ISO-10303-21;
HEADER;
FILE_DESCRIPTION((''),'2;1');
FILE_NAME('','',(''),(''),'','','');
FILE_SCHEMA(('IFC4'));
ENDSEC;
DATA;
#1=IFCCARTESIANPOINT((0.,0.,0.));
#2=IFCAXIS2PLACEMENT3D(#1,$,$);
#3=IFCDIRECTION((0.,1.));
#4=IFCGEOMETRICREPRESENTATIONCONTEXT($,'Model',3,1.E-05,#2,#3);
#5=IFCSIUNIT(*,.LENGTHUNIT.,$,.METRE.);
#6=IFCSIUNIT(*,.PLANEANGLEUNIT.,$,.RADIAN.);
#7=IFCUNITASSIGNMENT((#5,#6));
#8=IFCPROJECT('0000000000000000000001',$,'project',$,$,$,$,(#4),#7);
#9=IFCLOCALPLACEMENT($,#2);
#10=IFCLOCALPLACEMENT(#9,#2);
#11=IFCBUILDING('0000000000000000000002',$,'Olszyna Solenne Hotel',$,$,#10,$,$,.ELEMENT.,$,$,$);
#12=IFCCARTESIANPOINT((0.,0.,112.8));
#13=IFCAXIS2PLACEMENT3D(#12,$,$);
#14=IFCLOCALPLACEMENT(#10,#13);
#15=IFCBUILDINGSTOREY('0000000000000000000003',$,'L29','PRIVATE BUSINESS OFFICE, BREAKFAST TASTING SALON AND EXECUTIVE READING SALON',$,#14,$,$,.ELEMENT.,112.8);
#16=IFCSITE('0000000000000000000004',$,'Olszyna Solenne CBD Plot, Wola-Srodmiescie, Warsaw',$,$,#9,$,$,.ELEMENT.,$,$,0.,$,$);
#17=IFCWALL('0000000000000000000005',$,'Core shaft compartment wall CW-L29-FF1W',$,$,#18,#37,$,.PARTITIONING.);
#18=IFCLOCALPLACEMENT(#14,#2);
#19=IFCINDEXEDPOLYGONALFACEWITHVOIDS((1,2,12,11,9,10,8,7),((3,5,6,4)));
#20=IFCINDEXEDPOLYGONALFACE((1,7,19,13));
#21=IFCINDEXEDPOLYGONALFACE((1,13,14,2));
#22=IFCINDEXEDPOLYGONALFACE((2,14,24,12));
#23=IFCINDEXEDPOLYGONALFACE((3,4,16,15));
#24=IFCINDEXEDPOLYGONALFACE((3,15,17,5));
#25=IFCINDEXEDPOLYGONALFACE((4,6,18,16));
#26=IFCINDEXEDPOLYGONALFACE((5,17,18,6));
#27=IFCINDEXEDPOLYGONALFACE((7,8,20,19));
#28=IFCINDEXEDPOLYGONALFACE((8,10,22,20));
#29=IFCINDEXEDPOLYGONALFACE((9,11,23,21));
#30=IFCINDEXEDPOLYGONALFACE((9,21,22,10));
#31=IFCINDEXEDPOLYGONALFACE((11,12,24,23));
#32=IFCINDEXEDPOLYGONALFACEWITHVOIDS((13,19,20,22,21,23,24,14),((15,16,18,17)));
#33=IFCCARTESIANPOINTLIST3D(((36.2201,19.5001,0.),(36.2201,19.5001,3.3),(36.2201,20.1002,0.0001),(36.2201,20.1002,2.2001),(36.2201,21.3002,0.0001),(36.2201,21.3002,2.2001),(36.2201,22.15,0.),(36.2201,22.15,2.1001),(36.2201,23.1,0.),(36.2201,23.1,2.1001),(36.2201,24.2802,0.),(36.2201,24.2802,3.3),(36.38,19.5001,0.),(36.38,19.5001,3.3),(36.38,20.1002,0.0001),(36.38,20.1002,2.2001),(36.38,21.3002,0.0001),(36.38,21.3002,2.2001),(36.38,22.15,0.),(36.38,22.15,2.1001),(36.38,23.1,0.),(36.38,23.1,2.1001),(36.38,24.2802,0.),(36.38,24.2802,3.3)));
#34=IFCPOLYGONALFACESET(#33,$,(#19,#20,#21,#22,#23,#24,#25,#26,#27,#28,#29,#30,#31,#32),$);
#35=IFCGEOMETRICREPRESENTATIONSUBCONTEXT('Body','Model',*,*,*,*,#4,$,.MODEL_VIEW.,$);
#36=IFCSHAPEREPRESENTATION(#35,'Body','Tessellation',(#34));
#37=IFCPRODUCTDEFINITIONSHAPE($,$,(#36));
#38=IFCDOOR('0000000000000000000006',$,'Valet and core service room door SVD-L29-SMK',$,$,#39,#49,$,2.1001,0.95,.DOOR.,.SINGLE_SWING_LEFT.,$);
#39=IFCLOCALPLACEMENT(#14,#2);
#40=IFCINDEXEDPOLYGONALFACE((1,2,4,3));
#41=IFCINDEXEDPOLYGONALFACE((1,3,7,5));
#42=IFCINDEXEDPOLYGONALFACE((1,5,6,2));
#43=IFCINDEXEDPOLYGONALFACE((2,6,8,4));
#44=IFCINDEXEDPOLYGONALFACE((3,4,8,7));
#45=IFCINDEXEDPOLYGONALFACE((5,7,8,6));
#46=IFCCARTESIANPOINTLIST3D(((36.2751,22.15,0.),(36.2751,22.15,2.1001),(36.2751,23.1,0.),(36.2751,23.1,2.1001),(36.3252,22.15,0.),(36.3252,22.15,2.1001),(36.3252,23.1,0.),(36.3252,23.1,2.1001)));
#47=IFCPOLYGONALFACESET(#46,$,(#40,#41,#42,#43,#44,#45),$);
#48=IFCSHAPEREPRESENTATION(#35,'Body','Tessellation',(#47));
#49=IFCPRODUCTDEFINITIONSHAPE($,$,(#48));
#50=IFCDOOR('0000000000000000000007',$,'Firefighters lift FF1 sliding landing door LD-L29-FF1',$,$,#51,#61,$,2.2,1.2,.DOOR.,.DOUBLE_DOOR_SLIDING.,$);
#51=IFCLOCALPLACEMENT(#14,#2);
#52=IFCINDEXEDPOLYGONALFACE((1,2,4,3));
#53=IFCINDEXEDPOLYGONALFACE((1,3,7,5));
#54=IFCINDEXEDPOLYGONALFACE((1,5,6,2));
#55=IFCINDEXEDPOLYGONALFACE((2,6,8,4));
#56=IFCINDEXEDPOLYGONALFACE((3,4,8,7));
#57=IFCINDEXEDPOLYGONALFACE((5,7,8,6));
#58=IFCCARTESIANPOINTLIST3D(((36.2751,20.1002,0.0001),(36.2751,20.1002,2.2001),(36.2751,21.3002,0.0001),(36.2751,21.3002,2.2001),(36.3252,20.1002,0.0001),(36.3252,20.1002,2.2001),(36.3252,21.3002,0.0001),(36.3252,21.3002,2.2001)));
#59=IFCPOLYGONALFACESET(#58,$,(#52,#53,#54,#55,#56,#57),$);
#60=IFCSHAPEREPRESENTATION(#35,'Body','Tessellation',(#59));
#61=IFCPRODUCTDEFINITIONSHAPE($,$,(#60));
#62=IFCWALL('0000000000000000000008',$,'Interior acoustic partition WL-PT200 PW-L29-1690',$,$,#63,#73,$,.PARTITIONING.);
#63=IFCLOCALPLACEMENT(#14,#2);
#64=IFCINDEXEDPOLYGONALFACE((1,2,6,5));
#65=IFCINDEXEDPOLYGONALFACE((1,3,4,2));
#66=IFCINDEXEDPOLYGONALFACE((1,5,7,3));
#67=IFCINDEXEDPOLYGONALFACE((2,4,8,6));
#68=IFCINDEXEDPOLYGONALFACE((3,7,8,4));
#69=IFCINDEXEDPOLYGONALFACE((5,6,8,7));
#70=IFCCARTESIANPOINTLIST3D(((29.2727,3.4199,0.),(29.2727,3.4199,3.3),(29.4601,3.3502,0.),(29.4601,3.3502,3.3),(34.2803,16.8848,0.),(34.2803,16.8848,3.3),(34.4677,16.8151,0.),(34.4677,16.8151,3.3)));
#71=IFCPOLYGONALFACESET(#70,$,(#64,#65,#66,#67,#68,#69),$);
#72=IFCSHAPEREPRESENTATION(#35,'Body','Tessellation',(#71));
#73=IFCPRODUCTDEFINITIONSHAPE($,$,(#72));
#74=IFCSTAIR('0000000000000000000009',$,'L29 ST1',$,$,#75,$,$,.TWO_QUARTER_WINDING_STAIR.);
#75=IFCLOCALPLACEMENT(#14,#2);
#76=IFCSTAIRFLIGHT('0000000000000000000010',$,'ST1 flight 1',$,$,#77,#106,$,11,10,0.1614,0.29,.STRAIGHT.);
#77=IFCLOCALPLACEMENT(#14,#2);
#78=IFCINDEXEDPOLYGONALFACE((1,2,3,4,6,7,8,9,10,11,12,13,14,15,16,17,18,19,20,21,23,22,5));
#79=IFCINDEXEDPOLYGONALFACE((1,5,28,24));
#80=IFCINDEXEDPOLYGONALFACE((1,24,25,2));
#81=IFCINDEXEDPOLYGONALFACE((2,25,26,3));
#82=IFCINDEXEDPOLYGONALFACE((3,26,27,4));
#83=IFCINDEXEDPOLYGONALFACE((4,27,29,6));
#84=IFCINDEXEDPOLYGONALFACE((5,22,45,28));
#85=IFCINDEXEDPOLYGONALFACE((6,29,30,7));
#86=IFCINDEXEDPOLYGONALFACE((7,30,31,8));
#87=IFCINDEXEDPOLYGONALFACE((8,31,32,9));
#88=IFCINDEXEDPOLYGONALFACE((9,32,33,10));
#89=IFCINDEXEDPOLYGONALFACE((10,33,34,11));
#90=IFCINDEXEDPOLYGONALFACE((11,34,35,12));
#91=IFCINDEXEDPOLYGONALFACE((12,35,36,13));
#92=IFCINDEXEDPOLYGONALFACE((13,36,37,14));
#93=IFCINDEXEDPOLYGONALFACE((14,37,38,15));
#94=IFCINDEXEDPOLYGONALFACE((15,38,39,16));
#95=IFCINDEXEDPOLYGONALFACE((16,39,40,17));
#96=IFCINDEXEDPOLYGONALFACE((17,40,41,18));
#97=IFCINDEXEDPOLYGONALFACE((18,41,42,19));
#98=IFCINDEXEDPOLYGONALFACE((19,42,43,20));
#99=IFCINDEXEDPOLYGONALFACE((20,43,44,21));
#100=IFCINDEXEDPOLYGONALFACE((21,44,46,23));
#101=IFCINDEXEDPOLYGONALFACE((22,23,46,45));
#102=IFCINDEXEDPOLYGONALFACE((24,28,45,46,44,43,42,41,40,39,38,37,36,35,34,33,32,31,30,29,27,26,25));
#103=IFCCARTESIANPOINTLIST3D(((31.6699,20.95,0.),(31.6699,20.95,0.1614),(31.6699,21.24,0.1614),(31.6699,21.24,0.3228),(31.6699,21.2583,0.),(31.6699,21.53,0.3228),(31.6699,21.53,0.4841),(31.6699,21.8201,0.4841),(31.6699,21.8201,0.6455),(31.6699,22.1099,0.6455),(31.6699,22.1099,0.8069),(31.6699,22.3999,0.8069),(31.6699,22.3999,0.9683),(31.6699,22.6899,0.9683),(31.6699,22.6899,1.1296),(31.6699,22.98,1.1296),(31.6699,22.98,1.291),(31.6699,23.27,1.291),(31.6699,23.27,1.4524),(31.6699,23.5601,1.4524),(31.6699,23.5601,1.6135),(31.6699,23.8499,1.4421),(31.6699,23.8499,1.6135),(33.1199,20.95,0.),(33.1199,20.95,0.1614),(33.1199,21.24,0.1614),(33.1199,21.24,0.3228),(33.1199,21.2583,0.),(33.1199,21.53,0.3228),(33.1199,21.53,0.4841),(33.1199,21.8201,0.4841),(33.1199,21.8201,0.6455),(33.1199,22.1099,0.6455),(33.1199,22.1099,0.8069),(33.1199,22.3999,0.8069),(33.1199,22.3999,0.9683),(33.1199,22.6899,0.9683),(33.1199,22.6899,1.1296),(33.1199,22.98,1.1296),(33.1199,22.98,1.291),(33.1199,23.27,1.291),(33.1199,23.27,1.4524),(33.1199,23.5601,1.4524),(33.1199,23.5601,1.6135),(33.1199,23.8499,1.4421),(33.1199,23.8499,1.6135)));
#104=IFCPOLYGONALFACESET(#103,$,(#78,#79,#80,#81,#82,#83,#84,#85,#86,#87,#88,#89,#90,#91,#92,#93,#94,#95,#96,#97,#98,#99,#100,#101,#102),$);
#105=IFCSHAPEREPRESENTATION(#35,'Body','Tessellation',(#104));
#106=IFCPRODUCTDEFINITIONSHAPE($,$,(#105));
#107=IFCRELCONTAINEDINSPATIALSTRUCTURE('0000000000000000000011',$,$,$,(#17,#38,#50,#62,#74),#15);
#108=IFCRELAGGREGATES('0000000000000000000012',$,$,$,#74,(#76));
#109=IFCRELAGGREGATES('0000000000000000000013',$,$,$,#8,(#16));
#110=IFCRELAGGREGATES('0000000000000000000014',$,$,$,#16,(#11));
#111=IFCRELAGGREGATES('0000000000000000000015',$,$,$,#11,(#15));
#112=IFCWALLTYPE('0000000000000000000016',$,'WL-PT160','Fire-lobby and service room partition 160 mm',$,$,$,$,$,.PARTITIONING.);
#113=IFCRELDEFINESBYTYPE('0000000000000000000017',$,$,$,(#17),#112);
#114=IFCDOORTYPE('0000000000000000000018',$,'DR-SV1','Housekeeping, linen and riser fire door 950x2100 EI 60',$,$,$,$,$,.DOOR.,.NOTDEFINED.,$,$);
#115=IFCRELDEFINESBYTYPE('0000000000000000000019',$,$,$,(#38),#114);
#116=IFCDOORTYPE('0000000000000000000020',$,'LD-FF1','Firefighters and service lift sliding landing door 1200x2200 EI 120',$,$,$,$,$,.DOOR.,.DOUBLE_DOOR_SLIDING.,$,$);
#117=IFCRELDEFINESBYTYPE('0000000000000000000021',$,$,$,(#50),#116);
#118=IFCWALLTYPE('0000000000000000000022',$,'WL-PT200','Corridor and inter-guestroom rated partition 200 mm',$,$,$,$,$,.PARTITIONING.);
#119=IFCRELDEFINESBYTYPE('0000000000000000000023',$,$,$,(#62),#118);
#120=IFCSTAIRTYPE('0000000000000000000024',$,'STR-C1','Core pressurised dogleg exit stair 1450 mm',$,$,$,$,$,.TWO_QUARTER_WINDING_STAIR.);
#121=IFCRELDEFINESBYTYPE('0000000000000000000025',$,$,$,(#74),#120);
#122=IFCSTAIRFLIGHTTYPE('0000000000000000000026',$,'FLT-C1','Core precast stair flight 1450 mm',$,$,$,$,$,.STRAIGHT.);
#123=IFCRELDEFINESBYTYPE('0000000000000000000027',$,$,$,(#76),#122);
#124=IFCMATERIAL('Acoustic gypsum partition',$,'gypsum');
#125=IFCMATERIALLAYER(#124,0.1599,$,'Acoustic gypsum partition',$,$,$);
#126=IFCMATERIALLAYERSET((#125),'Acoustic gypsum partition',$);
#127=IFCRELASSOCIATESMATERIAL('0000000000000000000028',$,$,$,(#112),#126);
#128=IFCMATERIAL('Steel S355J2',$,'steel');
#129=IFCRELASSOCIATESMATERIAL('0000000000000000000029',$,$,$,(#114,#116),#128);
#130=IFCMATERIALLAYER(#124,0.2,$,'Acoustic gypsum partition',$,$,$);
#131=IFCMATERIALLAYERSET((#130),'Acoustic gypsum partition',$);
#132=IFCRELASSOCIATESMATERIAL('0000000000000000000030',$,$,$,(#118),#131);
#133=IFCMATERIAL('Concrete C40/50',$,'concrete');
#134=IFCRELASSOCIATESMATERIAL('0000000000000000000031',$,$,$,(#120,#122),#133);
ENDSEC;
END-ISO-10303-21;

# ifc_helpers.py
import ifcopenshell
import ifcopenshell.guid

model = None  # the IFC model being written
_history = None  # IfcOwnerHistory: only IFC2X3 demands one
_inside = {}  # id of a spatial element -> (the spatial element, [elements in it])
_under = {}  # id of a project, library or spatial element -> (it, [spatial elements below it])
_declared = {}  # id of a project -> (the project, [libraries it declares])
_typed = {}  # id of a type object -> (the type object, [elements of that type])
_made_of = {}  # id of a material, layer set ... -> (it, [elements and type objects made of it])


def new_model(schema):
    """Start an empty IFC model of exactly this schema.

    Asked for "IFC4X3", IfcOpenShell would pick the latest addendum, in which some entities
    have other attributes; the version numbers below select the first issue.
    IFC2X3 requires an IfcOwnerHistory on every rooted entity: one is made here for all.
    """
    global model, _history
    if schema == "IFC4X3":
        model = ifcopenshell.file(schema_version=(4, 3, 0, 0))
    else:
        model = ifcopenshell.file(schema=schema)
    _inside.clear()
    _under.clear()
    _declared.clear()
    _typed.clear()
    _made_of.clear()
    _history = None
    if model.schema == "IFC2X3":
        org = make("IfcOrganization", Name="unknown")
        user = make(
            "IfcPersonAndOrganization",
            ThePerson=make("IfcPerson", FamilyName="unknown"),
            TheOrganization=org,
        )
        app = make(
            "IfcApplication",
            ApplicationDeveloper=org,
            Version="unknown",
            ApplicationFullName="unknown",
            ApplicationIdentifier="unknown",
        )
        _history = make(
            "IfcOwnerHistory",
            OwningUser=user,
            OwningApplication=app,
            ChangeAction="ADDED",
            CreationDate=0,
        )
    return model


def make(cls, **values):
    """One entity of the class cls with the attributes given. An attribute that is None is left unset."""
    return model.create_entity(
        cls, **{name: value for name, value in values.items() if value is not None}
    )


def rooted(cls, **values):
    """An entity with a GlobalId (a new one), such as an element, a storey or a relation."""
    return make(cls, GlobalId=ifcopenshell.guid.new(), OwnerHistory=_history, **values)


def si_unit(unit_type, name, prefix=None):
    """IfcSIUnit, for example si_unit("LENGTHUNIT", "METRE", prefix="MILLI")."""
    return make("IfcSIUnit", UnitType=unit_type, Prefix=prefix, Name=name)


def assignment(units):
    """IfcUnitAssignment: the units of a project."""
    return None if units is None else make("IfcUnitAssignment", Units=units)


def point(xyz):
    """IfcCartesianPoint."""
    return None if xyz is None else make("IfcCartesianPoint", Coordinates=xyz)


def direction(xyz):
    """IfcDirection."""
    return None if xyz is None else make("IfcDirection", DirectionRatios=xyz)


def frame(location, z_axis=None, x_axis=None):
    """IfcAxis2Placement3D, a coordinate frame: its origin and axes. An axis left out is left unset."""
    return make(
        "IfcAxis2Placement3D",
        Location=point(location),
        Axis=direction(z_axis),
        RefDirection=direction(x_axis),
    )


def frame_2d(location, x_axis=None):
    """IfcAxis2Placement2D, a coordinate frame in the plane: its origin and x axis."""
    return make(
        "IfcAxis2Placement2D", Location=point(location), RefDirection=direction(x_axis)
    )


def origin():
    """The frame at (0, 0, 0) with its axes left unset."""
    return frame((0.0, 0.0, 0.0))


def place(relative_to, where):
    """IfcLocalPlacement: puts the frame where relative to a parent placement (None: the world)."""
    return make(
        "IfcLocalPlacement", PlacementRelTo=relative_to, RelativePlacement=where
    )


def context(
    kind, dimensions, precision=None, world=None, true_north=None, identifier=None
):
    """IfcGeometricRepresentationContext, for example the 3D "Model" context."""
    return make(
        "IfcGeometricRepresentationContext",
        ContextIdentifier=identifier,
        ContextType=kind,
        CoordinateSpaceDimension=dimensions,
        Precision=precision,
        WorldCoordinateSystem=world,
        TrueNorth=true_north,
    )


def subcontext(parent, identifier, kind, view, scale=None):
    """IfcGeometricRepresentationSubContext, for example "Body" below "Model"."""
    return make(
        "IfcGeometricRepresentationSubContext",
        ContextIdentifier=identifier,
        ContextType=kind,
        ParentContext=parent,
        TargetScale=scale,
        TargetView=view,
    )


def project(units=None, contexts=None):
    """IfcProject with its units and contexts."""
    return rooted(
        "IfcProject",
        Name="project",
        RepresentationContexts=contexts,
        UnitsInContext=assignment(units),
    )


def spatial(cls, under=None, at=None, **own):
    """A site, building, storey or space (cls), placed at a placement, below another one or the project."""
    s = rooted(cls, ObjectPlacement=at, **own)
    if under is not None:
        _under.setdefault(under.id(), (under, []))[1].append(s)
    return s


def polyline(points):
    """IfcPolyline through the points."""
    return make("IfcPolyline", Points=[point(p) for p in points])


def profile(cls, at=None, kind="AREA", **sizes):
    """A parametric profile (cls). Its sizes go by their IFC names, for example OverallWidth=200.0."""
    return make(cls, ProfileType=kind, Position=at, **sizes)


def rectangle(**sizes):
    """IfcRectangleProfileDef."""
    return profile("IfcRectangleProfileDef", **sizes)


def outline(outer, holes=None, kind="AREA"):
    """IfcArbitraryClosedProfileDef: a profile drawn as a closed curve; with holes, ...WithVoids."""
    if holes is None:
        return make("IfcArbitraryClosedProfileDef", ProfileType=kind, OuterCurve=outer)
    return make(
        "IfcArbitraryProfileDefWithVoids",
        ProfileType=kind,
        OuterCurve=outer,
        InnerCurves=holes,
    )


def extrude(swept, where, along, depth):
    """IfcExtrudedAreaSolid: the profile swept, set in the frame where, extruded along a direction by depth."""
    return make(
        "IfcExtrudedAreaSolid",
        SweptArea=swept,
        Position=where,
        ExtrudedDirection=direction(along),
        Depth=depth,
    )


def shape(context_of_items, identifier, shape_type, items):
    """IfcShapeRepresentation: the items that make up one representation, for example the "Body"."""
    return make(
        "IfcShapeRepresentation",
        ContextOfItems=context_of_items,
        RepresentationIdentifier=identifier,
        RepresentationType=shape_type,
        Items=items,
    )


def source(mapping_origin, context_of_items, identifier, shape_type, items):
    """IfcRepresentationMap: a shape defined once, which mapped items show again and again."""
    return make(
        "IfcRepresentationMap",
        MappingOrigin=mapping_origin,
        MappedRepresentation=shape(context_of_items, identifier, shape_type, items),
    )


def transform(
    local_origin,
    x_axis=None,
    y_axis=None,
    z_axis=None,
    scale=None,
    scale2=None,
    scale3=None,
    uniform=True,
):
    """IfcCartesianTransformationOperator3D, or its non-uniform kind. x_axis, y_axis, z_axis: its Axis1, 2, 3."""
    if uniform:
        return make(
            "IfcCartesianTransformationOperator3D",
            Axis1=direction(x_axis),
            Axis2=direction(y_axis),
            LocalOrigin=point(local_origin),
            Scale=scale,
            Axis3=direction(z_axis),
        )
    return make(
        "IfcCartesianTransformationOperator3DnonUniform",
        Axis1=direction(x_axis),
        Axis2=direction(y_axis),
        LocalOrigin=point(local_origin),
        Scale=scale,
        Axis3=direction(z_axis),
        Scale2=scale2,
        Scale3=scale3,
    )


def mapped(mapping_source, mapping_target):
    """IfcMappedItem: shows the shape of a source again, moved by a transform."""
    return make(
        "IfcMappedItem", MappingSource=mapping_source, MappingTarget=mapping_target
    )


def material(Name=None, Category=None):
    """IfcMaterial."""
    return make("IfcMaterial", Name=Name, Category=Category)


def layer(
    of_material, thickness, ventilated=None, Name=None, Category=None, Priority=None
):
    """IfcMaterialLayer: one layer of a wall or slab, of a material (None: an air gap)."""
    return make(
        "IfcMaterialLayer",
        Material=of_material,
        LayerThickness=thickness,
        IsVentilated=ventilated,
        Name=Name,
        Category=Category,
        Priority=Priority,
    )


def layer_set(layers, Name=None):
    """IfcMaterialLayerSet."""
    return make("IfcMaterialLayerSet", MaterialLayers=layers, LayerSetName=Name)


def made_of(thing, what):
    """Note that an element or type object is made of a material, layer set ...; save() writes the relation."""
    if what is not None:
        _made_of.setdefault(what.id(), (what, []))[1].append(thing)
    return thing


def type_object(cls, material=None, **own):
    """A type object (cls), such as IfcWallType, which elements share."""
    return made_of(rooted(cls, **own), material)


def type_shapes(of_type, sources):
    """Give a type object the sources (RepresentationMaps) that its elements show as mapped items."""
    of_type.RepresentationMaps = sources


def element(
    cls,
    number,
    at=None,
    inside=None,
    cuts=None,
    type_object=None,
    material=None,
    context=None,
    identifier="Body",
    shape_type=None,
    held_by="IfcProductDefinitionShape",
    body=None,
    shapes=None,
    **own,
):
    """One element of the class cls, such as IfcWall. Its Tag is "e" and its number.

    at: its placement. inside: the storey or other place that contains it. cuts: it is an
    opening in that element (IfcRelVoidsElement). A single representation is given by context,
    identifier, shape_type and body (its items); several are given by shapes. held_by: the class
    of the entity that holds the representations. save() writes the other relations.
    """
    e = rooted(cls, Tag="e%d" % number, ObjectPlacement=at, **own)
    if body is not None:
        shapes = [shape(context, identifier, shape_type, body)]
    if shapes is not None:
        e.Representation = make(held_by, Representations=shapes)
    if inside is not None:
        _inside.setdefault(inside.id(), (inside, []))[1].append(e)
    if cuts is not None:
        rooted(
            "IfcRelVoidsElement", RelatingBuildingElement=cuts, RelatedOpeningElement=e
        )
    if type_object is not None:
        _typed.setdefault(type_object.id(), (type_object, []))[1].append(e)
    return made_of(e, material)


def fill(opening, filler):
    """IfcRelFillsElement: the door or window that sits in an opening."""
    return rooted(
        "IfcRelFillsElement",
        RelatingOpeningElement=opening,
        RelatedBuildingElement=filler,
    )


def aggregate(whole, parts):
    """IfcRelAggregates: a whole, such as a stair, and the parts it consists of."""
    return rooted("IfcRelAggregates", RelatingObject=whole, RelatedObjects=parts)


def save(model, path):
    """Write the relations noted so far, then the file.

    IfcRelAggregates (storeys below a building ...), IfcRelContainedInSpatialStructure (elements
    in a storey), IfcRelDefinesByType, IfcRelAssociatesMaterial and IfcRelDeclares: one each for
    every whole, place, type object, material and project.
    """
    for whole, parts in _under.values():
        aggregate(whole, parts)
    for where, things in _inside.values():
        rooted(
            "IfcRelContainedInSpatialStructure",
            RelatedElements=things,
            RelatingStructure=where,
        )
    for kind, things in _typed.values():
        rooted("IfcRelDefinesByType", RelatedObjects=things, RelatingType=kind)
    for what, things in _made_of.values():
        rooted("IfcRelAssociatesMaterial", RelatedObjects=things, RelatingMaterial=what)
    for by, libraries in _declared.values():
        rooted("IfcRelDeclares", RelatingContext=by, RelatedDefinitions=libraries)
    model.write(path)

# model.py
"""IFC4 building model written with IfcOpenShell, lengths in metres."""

from ifc_helpers import new_model, si_unit, direction, frame, frame_2d, origin, place, context, subcontext, project, spatial, polyline, rectangle, outline, extrude, source, transform, mapped, material, layer, layer_set, type_object, type_shapes, element, fill, aggregate, save


model = new_model("IFC4")

# Units and contexts
model_context = context("Model", 3, precision=1e-05, world=origin(), true_north=direction((0.0, 1.0)))
body_context = subcontext(model_context, "Body", "Model", "MODEL_VIEW")
ifc_project = project(units=[si_unit("LENGTHUNIT", "METRE"), si_unit("PLANEANGLEUNIT", "RADIAN")], contexts=[model_context])

# Site, building, storey
site_placement = place(None, origin())
site = spatial("IfcSite", under=ifc_project, at=site_placement, Name="Olszyna Solenne CBD Plot, Wola-Srodmiescie, Warsaw", CompositionType="ELEMENT", RefElevation=0.0)
building_placement = place(site_placement, origin())
building = spatial("IfcBuilding", under=site, at=building_placement, Name="Olszyna Solenne Hotel", CompositionType="ELEMENT")
storey_placement = place(building_placement, frame((0.0, 0.0, 112.8)))
storey = spatial("IfcBuildingStorey", under=building, at=storey_placement, Name="L29", Description="PRIVATE BUSINESS OFFICE, BREAKFAST TASTING SALON AND EXECUTIVE READING SALON", CompositionType="ELEMENT", Elevation=112.8)

# Shared definitions
ifc_material_1 = material(Name="Steel S355J2", Category="steel")

# Shared definitions
ifc_material_2 = material(Name="Acoustic gypsum partition", Category="gypsum")

# Shared definitions
ifc_layer_1 = layer(ifc_material_2, 0.1599, Name="Acoustic gypsum partition")
ifc_layer_set_1 = layer_set([ifc_layer_1], Name="Acoustic gypsum partition")
wall_type_1 = type_object("IfcWallType", Name="WL-PT160", Description="Fire-lobby and service room partition 160 mm", PredefinedType="PARTITIONING", material=ifc_layer_set_1)

# Wall, openings, doors
wall_1_placement = place(storey_placement, frame((36.3, 19.5, 0.0), z_axis=(0.0, 0.0, 1.0), x_axis=(0.0, 1.0, 0.0)))
wall_1 = element("IfcWall", 1, at=wall_1_placement, inside=storey, type_object=wall_type_1, Name="Core shaft compartment wall CW-L29-FF1W", PredefinedType="PARTITIONING", context=body_context, shape_type="SweptSolid", body=[
    extrude(rectangle(XDim=4.78, YDim=0.1599, at=frame_2d((2.3901, 0.0))), origin(), (0.0, 0.0, 1.0), 3.3),
])
opening_1_placement = place(wall_1_placement, frame((0.6001, 0.0, 0.0)))
opening_1 = element("IfcOpeningElement", 2, at=opening_1_placement, cuts=wall_1, PredefinedType="OPENING", context=body_context, shape_type="SweptSolid", body=[
    extrude(rectangle(XDim=1.2, YDim=2.2, at=frame_2d((0.6001, 1.1001))), frame((0.0, 0.0898, 0.0), z_axis=(0.0, -1.0, 0.0), x_axis=(1.0, 0.0, 0.0)), (0.0, 0.0, 1.0), 0.1799),
])
opening_2_placement = place(wall_1_placement, frame((2.6499, 0.0, 0.0)))
opening_2 = element("IfcOpeningElement", 3, at=opening_2_placement, cuts=wall_1, PredefinedType="OPENING", context=body_context, shape_type="SweptSolid", body=[
    extrude(rectangle(XDim=0.95, YDim=2.1001, at=frame_2d((0.4751, 1.05))), frame((0.0, 0.0898, 0.0), z_axis=(0.0, -1.0, 0.0), x_axis=(1.0, 0.0, 0.0)), (0.0, 0.0, 1.0), 0.1799),
])
door_type_1 = type_object("IfcDoorType", Name="DR-SV1", Description="Housekeeping, linen and riser fire door 950x2100 EI 60", OperationType="NOTDEFINED", PredefinedType="DOOR", material=ifc_material_1)
shared_shape_1 = source(origin(), body_context, "Body", "SweptSolid", [
    extrude(rectangle(XDim=0.95, YDim=2.1001, at=frame_2d((0.4751, 1.05))), frame((0.0, 0.0249, 0.0), z_axis=(0.0, -1.0, 0.0), x_axis=(1.0, 0.0, 0.0)), (0.0, 0.0, 1.0), 0.05),
])
type_shapes(door_type_1, [shared_shape_1])
door_1_placement = place(opening_2_placement, origin())
door_1 = element("IfcDoor", 4, at=door_1_placement, inside=storey, type_object=door_type_1, Name="Valet and core service room door SVD-L29-SMK", OperationType="SINGLE_SWING_LEFT", OverallHeight=2.1001, OverallWidth=0.95, PredefinedType="DOOR", context=body_context, shape_type="MappedRepresentation", body=[
    mapped(shared_shape_1, transform((0.0, 0.0, 0.0), x_axis=(1.0, 0.0, 0.0), y_axis=(0.0, 1.0, 0.0), z_axis=(0.0, 0.0, 1.0), scale=1.0)),
])
fill(opening_2, door_1)
door_type_2 = type_object("IfcDoorType", Name="LD-FF1", Description="Firefighters and service lift sliding landing door 1200x2200 EI 120", OperationType="DOUBLE_DOOR_SLIDING", PredefinedType="DOOR", material=ifc_material_1)
shared_shape_2 = source(origin(), body_context, "Body", "SweptSolid", [
    extrude(rectangle(XDim=1.2, YDim=2.2, at=frame_2d((0.6001, 1.1001))), frame((0.0, 0.0249, 0.0), z_axis=(0.0, -1.0, 0.0), x_axis=(1.0, 0.0, 0.0)), (0.0, 0.0, 1.0), 0.05),
])
type_shapes(door_type_2, [shared_shape_2])
door_2_placement = place(opening_1_placement, origin())
door_2 = element("IfcDoor", 5, at=door_2_placement, inside=storey, type_object=door_type_2, Name="Firefighters lift FF1 sliding landing door LD-L29-FF1", OperationType="DOUBLE_DOOR_SLIDING", OverallHeight=2.2, OverallWidth=1.2, PredefinedType="DOOR", context=body_context, shape_type="MappedRepresentation", body=[
    mapped(shared_shape_2, transform((0.0, 0.0, 0.0), x_axis=(1.0, 0.0, 0.0), y_axis=(0.0, 1.0, 0.0), z_axis=(0.0, 0.0, 1.0), scale=1.0)),
])
fill(opening_1, door_2)

# Wall
ifc_layer_2 = layer(ifc_material_2, 0.2, Name="Acoustic gypsum partition")
ifc_layer_set_2 = layer_set([ifc_layer_2], Name="Acoustic gypsum partition")
wall_type_2 = type_object("IfcWallType", Name="WL-PT200", Description="Corridor and inter-guestroom rated partition 200 mm", PredefinedType="PARTITIONING", material=ifc_layer_set_2)
wall_2_placement = place(storey_placement, frame((34.374, 16.8501, 0.0), z_axis=(0.0, 0.0, 1.0), x_axis=(-0.348574, -0.937281, 0.0)))
element("IfcWall", 6, at=wall_2_placement, inside=storey, type_object=wall_type_2, Name="Interior acoustic partition WL-PT200 PW-L29-1690", PredefinedType="PARTITIONING", context=body_context, shape_type="SweptSolid", body=[
    extrude(rectangle(XDim=14.366, YDim=0.2, at=frame_2d((7.1831, 0.0))), origin(), (0.0, 0.0, 1.0), 3.3),
])

# Stair, stair flight
ifc_material_3 = material(Name="Concrete C40/50", Category="concrete")
stair_type = type_object("IfcStairType", Name="STR-C1", Description="Core pressurised dogleg exit stair 1450 mm", PredefinedType="TWO_QUARTER_WINDING_STAIR", material=ifc_material_3)
stair_placement = place(storey_placement, origin())
stair = element("IfcStair", 7, at=stair_placement, inside=storey, type_object=stair_type, Name="L29 ST1", PredefinedType="TWO_QUARTER_WINDING_STAIR")
stair_flight_type = type_object("IfcStairFlightType", Name="FLT-C1", Description="Core precast stair flight 1450 mm", PredefinedType="STRAIGHT", material=ifc_material_3)
stair_flight_placement = place(storey_placement, frame((32.395, 20.95, 0.0), z_axis=(0.0, 0.0, 1.0), x_axis=(0.0, 1.0, 0.0)))
stair_flight = element("IfcStairFlight", 8, at=stair_flight_placement, type_object=stair_flight_type, Name="ST1 flight 1", NumberOfRisers=11, NumberOfTreads=10, PredefinedType="STRAIGHT", RiserHeight=0.1614, TreadLength=0.29, context=body_context, shape_type="SweptSolid", body=[
    extrude(outline(polyline([(0.0, 0.0), (0.0, 0.1614), (0.29, 0.1614), (0.29, 0.3228), (0.5801, 0.3228), (0.5801, 0.4841), (0.8701, 0.4841), (0.8701, 0.6455), (1.1599, 0.6455), (1.1599, 0.8069), (1.45, 0.8069), (1.45, 0.9683), (1.74, 0.9683), (1.74, 1.1296), (2.03, 1.1296), (2.03, 1.291), (2.3201, 1.291), (2.3201, 1.4524), (2.6101, 1.4524), (2.6101, 1.6135), (2.8999, 1.6135), (2.8999, 1.7749), (2.8999, 1.4421), (0.3083, 0.0), (0.0, 0.0)])), frame((0.0, 0.7251, 0.0), z_axis=(0.0, -1.0, 0.0), x_axis=(1.0, 0.0, 0.0)), (0.0, 0.0, 1.0), 1.45),
])
aggregate(stair, [stair_flight])

save(model, "model.ifc")
